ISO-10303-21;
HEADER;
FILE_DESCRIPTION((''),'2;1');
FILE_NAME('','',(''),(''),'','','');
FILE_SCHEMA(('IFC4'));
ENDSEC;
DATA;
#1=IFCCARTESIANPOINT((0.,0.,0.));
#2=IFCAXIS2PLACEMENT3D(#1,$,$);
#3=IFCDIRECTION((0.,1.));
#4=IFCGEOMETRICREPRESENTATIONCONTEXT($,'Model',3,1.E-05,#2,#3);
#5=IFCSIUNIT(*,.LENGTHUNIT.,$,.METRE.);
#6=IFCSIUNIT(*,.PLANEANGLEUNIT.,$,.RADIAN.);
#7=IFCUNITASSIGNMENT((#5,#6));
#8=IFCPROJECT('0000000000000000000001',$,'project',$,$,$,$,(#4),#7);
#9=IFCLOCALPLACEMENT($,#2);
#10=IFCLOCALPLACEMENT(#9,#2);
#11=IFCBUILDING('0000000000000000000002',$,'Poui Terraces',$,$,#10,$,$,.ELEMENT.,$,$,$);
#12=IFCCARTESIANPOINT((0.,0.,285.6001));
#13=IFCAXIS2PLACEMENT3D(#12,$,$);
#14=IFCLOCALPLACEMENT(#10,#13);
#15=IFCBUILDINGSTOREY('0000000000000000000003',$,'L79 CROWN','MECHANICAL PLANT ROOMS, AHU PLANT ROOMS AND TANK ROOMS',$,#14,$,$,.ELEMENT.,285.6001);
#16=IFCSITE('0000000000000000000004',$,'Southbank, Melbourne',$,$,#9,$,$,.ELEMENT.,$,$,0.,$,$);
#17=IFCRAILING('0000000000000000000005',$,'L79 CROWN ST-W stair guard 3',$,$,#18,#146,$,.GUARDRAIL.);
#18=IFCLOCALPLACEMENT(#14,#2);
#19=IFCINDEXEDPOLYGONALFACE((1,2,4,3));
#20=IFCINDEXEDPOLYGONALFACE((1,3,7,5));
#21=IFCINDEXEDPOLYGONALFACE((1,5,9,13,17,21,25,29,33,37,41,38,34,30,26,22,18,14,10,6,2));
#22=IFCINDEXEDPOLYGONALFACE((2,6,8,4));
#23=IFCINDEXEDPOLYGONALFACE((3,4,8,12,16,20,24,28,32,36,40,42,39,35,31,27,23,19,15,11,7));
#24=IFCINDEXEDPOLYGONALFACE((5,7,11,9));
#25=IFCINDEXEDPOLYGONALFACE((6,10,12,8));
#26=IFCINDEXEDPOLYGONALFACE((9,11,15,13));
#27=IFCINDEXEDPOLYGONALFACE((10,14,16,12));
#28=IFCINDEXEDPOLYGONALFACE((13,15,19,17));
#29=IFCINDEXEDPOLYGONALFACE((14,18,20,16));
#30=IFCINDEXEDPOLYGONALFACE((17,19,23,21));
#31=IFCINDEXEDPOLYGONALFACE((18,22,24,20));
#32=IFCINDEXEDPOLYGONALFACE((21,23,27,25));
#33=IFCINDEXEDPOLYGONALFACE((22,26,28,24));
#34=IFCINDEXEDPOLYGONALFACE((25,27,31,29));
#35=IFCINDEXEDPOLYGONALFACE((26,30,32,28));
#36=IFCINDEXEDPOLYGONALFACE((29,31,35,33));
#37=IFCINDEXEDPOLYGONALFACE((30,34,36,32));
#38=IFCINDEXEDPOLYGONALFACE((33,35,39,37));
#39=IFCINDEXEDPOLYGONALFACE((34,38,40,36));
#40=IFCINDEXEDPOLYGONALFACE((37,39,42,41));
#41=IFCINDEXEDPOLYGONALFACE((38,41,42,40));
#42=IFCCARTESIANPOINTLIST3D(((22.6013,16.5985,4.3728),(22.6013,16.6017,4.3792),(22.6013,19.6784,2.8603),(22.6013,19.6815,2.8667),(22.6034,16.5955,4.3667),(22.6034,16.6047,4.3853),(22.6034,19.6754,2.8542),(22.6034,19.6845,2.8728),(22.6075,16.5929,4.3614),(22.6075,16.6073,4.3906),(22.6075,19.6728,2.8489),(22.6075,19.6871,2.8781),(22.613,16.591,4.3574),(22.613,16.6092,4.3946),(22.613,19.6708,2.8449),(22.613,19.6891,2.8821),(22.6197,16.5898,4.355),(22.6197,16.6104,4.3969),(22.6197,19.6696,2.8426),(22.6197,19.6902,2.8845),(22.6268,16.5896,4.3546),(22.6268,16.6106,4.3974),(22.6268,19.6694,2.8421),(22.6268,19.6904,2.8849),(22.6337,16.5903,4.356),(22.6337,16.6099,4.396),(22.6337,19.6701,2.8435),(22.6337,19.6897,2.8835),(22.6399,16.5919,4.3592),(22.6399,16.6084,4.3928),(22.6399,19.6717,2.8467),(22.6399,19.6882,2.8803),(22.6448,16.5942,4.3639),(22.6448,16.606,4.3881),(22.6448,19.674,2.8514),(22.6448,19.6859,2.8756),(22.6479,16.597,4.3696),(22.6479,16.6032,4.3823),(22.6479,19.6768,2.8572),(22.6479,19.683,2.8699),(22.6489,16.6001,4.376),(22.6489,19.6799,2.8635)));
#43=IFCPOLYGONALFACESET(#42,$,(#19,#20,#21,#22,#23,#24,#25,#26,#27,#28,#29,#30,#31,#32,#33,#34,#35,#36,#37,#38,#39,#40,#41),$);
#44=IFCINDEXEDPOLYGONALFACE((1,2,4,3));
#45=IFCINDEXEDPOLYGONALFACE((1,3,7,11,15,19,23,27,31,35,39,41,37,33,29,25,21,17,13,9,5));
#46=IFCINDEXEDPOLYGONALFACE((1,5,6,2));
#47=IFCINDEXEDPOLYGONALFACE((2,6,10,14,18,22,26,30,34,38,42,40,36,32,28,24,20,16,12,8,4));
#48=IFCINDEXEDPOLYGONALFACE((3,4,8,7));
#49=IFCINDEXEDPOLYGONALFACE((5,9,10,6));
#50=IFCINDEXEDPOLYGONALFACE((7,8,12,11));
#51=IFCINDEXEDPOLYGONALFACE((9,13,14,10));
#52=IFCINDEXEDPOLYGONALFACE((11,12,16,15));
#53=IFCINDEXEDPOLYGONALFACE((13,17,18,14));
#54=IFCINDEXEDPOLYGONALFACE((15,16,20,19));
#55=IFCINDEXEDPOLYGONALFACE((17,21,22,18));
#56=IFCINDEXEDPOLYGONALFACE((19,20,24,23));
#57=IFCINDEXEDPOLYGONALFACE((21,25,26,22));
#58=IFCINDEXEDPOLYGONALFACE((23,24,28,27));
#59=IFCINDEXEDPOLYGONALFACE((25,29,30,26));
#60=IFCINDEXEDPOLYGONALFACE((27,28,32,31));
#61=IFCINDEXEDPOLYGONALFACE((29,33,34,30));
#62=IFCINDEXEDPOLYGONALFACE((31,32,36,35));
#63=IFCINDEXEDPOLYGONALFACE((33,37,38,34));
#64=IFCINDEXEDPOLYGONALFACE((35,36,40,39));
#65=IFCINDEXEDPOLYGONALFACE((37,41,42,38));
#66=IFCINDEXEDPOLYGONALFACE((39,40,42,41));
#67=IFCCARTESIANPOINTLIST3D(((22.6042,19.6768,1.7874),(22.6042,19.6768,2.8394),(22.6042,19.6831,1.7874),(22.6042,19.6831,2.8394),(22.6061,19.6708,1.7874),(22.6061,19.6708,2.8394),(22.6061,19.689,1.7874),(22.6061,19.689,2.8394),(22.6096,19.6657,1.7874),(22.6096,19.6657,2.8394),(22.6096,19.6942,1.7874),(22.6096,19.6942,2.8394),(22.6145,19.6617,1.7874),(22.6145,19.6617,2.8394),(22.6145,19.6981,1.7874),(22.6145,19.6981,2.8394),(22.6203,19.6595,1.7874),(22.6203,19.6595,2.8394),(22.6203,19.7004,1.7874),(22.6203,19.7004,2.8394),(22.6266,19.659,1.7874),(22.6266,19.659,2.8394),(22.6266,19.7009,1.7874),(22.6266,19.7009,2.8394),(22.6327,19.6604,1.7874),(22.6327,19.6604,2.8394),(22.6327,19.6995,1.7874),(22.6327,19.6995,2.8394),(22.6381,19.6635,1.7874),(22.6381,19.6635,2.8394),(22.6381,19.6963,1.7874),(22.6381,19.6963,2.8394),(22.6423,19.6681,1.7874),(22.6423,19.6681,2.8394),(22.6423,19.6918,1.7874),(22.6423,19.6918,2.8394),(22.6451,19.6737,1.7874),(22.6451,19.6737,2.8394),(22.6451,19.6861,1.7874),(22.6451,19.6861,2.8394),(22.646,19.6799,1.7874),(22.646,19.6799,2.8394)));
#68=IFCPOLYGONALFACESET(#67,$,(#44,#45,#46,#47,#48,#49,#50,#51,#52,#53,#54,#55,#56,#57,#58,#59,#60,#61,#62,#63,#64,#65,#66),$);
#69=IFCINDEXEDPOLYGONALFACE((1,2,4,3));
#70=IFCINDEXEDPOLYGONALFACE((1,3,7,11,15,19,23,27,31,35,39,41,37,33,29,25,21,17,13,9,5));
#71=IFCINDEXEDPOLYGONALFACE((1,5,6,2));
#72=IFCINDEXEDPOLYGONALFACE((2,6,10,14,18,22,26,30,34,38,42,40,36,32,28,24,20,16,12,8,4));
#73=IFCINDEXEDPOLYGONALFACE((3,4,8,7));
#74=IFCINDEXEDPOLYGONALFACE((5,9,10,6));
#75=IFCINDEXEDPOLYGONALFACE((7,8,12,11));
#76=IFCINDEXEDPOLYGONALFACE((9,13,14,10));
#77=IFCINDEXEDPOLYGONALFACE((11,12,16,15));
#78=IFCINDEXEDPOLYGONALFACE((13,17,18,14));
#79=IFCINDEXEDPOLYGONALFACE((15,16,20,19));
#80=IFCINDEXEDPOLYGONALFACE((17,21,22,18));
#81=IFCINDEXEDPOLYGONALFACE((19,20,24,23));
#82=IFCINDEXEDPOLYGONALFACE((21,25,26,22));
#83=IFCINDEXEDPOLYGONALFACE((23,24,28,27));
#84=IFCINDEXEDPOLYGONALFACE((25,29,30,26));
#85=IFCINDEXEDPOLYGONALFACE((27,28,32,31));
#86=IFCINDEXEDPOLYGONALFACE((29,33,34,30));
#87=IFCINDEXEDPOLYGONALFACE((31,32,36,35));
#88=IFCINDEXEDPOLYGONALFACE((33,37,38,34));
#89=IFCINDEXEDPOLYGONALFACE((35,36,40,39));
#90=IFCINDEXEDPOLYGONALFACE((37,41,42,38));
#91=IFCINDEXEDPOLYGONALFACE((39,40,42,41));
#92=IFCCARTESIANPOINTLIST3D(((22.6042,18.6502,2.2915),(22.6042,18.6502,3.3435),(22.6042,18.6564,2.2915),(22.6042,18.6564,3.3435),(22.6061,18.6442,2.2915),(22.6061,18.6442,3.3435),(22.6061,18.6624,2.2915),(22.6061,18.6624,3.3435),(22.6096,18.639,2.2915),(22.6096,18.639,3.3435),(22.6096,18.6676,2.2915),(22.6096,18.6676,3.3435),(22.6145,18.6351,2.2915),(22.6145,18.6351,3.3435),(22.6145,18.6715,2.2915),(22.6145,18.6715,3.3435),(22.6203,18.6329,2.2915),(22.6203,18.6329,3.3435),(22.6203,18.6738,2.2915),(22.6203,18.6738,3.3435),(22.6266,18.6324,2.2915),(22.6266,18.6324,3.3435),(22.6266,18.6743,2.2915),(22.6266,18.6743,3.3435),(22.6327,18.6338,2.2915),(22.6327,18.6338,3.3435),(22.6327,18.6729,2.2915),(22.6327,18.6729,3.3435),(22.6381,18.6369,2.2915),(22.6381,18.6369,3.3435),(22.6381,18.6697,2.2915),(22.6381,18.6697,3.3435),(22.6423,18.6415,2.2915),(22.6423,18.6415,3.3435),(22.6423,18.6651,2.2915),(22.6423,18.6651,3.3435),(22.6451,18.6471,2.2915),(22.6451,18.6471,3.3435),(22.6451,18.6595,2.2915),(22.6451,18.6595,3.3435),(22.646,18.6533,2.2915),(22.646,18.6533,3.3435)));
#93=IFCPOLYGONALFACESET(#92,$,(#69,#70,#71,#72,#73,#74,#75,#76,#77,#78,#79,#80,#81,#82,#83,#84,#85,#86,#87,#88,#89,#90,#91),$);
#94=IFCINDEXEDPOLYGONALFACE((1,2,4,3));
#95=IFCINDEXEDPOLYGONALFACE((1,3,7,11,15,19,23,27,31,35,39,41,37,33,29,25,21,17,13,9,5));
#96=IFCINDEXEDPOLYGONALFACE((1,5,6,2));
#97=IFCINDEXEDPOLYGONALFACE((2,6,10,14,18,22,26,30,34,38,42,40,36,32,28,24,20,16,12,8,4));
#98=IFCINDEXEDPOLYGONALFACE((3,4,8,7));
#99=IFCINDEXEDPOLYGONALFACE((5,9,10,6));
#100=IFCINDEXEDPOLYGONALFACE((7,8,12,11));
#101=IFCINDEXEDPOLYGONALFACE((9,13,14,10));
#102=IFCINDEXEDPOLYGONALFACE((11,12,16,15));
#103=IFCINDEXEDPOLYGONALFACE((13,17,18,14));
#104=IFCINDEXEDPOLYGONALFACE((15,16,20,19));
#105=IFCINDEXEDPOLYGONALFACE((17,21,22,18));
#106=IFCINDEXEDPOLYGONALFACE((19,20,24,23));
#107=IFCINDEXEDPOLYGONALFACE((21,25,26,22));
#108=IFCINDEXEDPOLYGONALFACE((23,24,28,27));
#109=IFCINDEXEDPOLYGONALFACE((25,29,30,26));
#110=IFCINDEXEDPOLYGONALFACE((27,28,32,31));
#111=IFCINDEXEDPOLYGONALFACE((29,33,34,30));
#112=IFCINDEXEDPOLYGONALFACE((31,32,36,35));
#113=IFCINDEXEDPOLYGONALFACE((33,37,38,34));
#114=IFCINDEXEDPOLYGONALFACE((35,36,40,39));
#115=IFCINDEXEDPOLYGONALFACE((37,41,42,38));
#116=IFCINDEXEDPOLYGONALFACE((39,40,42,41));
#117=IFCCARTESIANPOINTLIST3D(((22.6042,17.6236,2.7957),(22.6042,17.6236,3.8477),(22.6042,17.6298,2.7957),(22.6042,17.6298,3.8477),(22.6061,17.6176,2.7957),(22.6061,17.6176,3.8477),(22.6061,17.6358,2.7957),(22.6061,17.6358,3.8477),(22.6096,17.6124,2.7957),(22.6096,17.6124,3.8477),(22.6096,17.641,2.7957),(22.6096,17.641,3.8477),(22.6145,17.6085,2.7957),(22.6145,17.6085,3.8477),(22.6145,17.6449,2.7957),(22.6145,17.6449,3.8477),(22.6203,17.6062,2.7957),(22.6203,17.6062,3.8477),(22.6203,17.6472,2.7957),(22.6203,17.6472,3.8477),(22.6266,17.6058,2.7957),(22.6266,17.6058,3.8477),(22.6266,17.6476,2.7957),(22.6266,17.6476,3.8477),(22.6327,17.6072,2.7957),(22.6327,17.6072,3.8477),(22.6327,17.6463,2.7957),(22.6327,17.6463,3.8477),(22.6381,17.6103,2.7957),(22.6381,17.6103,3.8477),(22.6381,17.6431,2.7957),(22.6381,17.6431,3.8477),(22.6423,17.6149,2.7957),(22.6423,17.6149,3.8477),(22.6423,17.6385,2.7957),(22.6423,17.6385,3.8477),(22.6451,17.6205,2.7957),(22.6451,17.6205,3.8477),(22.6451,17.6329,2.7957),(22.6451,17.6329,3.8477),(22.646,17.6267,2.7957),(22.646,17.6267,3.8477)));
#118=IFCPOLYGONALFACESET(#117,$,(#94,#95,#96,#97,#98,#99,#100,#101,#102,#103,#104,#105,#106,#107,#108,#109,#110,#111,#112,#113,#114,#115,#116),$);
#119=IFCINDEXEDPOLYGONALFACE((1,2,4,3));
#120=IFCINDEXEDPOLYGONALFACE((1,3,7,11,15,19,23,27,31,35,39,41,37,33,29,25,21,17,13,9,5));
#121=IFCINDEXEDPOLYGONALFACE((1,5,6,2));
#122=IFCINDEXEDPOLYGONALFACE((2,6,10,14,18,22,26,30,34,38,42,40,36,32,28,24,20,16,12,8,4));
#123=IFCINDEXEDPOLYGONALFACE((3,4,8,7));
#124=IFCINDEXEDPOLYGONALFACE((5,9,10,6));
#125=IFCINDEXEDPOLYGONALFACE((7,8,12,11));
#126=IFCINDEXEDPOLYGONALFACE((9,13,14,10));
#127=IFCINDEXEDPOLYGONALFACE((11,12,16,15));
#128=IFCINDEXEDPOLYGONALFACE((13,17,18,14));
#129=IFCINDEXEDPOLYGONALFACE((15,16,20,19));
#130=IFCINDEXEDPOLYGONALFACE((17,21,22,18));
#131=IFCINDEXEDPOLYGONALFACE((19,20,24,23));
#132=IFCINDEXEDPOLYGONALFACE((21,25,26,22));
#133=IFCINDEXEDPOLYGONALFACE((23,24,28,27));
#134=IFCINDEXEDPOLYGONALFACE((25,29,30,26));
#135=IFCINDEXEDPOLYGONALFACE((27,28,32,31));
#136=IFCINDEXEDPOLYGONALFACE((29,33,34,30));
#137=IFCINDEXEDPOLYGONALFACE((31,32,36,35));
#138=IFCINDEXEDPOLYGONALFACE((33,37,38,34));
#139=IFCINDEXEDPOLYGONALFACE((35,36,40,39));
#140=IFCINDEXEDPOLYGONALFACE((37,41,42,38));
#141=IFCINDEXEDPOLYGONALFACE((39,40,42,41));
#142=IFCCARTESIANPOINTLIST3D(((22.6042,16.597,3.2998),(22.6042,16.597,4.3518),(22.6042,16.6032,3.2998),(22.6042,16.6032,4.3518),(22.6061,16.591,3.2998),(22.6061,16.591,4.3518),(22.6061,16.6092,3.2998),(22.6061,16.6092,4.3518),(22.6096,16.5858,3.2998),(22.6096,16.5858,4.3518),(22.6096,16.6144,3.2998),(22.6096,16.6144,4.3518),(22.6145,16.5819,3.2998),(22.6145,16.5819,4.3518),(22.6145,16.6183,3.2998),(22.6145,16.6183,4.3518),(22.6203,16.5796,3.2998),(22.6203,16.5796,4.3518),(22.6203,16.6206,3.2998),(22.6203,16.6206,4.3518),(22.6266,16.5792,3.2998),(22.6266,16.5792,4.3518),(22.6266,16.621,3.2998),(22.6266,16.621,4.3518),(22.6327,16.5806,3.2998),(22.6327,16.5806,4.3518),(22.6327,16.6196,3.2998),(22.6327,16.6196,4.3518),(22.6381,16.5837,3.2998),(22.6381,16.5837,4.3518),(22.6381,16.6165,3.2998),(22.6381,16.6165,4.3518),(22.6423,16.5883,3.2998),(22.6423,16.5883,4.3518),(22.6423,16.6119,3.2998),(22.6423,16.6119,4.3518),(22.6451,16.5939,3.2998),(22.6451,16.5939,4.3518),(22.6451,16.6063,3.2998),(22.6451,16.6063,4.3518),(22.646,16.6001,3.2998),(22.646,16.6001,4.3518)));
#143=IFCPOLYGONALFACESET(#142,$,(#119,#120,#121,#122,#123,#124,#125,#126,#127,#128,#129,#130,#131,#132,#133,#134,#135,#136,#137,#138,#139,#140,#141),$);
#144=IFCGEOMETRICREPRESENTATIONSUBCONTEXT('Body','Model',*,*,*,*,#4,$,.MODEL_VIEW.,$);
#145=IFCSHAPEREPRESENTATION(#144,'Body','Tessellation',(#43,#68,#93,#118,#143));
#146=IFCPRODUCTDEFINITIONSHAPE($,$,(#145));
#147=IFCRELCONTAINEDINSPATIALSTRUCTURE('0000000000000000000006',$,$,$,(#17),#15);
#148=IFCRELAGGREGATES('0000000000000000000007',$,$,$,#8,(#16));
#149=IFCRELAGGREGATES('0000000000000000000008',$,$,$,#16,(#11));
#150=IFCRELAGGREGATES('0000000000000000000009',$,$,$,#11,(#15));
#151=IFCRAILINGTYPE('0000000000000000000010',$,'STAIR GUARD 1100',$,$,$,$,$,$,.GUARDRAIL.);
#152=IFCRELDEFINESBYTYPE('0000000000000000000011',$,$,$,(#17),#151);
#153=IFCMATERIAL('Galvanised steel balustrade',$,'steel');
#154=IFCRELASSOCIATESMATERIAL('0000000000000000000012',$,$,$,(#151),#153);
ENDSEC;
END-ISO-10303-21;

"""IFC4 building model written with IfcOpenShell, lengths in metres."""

from ifc_helpers import new_model, si_unit, direction, frame, origin, origin_2d, place, context, subcontext, project, spatial, circle, extrude, material, type_object, element, save


model = new_model("IFC4")

# Units and contexts
model_context = context("Model", 3, precision=1e-05, world=origin(), true_north=direction((0.0, 1.0)))
body_context = subcontext(model_context, "Body", "Model", "MODEL_VIEW")
ifc_project = project(units=[si_unit("LENGTHUNIT", "METRE"), si_unit("PLANEANGLEUNIT", "RADIAN")], contexts=[model_context])

# Site, building, storey
site_placement = place(None, origin())
site = spatial("IfcSite", under=ifc_project, at=site_placement, Name="Southbank, Melbourne", CompositionType="ELEMENT", RefElevation=0.0)
building_placement = place(site_placement, origin())
building = spatial("IfcBuilding", under=site, at=building_placement, Name="Poui Terraces", CompositionType="ELEMENT")
storey_placement = place(building_placement, frame((0.0, 0.0, 285.6001)))
storey = spatial("IfcBuildingStorey", under=building, at=storey_placement, Name="L79 CROWN", Description="MECHANICAL PLANT ROOMS, AHU PLANT ROOMS AND TANK ROOMS", CompositionType="ELEMENT", Elevation=285.6001)

# Railing
ifc_material_1 = material(Name="Galvanised steel balustrade", Category="steel")
railing_type_1 = type_object("IfcRailingType", Name="STAIR GUARD 1100", PredefinedType="GUARDRAIL", material=ifc_material_1)
railing_1_placement = place(storey_placement, frame((22.625, 19.6799, 1.7874)))
element("IfcRailing", 1, at=railing_1_placement, inside=storey, type_object=railing_type_1, Name="L79 CROWN ST-W stair guard 3", PredefinedType="GUARDRAIL", context=body_context, shape_type="SweptSolid", body=[
    extrude(circle(Radius=0.0239, at=origin_2d()), frame((0.0, 0.0, 1.0762), z_axis=(0.0, -0.897606, 0.440798), x_axis=(1.0, 0.0, 0.0)), (0.0, 0.0, 1.0), 3.4312),
    extrude(circle(Radius=0.021, at=origin_2d()), origin(), (0.0, 0.0, 1.0), 1.052),
    extrude(circle(Radius=0.021, at=origin_2d()), frame((0.0, -1.0266, 0.5042)), (0.0, 0.0, 1.0), 1.052),
    extrude(circle(Radius=0.021, at=origin_2d()), frame((0.0, -2.0532, 1.0083)), (0.0, 0.0, 1.0), 1.052),
    extrude(circle(Radius=0.021, at=origin_2d()), frame((0.0, -3.0798, 1.5125)), (0.0, 0.0, 1.0), 1.052),
])

save(model, "model.ifc")
